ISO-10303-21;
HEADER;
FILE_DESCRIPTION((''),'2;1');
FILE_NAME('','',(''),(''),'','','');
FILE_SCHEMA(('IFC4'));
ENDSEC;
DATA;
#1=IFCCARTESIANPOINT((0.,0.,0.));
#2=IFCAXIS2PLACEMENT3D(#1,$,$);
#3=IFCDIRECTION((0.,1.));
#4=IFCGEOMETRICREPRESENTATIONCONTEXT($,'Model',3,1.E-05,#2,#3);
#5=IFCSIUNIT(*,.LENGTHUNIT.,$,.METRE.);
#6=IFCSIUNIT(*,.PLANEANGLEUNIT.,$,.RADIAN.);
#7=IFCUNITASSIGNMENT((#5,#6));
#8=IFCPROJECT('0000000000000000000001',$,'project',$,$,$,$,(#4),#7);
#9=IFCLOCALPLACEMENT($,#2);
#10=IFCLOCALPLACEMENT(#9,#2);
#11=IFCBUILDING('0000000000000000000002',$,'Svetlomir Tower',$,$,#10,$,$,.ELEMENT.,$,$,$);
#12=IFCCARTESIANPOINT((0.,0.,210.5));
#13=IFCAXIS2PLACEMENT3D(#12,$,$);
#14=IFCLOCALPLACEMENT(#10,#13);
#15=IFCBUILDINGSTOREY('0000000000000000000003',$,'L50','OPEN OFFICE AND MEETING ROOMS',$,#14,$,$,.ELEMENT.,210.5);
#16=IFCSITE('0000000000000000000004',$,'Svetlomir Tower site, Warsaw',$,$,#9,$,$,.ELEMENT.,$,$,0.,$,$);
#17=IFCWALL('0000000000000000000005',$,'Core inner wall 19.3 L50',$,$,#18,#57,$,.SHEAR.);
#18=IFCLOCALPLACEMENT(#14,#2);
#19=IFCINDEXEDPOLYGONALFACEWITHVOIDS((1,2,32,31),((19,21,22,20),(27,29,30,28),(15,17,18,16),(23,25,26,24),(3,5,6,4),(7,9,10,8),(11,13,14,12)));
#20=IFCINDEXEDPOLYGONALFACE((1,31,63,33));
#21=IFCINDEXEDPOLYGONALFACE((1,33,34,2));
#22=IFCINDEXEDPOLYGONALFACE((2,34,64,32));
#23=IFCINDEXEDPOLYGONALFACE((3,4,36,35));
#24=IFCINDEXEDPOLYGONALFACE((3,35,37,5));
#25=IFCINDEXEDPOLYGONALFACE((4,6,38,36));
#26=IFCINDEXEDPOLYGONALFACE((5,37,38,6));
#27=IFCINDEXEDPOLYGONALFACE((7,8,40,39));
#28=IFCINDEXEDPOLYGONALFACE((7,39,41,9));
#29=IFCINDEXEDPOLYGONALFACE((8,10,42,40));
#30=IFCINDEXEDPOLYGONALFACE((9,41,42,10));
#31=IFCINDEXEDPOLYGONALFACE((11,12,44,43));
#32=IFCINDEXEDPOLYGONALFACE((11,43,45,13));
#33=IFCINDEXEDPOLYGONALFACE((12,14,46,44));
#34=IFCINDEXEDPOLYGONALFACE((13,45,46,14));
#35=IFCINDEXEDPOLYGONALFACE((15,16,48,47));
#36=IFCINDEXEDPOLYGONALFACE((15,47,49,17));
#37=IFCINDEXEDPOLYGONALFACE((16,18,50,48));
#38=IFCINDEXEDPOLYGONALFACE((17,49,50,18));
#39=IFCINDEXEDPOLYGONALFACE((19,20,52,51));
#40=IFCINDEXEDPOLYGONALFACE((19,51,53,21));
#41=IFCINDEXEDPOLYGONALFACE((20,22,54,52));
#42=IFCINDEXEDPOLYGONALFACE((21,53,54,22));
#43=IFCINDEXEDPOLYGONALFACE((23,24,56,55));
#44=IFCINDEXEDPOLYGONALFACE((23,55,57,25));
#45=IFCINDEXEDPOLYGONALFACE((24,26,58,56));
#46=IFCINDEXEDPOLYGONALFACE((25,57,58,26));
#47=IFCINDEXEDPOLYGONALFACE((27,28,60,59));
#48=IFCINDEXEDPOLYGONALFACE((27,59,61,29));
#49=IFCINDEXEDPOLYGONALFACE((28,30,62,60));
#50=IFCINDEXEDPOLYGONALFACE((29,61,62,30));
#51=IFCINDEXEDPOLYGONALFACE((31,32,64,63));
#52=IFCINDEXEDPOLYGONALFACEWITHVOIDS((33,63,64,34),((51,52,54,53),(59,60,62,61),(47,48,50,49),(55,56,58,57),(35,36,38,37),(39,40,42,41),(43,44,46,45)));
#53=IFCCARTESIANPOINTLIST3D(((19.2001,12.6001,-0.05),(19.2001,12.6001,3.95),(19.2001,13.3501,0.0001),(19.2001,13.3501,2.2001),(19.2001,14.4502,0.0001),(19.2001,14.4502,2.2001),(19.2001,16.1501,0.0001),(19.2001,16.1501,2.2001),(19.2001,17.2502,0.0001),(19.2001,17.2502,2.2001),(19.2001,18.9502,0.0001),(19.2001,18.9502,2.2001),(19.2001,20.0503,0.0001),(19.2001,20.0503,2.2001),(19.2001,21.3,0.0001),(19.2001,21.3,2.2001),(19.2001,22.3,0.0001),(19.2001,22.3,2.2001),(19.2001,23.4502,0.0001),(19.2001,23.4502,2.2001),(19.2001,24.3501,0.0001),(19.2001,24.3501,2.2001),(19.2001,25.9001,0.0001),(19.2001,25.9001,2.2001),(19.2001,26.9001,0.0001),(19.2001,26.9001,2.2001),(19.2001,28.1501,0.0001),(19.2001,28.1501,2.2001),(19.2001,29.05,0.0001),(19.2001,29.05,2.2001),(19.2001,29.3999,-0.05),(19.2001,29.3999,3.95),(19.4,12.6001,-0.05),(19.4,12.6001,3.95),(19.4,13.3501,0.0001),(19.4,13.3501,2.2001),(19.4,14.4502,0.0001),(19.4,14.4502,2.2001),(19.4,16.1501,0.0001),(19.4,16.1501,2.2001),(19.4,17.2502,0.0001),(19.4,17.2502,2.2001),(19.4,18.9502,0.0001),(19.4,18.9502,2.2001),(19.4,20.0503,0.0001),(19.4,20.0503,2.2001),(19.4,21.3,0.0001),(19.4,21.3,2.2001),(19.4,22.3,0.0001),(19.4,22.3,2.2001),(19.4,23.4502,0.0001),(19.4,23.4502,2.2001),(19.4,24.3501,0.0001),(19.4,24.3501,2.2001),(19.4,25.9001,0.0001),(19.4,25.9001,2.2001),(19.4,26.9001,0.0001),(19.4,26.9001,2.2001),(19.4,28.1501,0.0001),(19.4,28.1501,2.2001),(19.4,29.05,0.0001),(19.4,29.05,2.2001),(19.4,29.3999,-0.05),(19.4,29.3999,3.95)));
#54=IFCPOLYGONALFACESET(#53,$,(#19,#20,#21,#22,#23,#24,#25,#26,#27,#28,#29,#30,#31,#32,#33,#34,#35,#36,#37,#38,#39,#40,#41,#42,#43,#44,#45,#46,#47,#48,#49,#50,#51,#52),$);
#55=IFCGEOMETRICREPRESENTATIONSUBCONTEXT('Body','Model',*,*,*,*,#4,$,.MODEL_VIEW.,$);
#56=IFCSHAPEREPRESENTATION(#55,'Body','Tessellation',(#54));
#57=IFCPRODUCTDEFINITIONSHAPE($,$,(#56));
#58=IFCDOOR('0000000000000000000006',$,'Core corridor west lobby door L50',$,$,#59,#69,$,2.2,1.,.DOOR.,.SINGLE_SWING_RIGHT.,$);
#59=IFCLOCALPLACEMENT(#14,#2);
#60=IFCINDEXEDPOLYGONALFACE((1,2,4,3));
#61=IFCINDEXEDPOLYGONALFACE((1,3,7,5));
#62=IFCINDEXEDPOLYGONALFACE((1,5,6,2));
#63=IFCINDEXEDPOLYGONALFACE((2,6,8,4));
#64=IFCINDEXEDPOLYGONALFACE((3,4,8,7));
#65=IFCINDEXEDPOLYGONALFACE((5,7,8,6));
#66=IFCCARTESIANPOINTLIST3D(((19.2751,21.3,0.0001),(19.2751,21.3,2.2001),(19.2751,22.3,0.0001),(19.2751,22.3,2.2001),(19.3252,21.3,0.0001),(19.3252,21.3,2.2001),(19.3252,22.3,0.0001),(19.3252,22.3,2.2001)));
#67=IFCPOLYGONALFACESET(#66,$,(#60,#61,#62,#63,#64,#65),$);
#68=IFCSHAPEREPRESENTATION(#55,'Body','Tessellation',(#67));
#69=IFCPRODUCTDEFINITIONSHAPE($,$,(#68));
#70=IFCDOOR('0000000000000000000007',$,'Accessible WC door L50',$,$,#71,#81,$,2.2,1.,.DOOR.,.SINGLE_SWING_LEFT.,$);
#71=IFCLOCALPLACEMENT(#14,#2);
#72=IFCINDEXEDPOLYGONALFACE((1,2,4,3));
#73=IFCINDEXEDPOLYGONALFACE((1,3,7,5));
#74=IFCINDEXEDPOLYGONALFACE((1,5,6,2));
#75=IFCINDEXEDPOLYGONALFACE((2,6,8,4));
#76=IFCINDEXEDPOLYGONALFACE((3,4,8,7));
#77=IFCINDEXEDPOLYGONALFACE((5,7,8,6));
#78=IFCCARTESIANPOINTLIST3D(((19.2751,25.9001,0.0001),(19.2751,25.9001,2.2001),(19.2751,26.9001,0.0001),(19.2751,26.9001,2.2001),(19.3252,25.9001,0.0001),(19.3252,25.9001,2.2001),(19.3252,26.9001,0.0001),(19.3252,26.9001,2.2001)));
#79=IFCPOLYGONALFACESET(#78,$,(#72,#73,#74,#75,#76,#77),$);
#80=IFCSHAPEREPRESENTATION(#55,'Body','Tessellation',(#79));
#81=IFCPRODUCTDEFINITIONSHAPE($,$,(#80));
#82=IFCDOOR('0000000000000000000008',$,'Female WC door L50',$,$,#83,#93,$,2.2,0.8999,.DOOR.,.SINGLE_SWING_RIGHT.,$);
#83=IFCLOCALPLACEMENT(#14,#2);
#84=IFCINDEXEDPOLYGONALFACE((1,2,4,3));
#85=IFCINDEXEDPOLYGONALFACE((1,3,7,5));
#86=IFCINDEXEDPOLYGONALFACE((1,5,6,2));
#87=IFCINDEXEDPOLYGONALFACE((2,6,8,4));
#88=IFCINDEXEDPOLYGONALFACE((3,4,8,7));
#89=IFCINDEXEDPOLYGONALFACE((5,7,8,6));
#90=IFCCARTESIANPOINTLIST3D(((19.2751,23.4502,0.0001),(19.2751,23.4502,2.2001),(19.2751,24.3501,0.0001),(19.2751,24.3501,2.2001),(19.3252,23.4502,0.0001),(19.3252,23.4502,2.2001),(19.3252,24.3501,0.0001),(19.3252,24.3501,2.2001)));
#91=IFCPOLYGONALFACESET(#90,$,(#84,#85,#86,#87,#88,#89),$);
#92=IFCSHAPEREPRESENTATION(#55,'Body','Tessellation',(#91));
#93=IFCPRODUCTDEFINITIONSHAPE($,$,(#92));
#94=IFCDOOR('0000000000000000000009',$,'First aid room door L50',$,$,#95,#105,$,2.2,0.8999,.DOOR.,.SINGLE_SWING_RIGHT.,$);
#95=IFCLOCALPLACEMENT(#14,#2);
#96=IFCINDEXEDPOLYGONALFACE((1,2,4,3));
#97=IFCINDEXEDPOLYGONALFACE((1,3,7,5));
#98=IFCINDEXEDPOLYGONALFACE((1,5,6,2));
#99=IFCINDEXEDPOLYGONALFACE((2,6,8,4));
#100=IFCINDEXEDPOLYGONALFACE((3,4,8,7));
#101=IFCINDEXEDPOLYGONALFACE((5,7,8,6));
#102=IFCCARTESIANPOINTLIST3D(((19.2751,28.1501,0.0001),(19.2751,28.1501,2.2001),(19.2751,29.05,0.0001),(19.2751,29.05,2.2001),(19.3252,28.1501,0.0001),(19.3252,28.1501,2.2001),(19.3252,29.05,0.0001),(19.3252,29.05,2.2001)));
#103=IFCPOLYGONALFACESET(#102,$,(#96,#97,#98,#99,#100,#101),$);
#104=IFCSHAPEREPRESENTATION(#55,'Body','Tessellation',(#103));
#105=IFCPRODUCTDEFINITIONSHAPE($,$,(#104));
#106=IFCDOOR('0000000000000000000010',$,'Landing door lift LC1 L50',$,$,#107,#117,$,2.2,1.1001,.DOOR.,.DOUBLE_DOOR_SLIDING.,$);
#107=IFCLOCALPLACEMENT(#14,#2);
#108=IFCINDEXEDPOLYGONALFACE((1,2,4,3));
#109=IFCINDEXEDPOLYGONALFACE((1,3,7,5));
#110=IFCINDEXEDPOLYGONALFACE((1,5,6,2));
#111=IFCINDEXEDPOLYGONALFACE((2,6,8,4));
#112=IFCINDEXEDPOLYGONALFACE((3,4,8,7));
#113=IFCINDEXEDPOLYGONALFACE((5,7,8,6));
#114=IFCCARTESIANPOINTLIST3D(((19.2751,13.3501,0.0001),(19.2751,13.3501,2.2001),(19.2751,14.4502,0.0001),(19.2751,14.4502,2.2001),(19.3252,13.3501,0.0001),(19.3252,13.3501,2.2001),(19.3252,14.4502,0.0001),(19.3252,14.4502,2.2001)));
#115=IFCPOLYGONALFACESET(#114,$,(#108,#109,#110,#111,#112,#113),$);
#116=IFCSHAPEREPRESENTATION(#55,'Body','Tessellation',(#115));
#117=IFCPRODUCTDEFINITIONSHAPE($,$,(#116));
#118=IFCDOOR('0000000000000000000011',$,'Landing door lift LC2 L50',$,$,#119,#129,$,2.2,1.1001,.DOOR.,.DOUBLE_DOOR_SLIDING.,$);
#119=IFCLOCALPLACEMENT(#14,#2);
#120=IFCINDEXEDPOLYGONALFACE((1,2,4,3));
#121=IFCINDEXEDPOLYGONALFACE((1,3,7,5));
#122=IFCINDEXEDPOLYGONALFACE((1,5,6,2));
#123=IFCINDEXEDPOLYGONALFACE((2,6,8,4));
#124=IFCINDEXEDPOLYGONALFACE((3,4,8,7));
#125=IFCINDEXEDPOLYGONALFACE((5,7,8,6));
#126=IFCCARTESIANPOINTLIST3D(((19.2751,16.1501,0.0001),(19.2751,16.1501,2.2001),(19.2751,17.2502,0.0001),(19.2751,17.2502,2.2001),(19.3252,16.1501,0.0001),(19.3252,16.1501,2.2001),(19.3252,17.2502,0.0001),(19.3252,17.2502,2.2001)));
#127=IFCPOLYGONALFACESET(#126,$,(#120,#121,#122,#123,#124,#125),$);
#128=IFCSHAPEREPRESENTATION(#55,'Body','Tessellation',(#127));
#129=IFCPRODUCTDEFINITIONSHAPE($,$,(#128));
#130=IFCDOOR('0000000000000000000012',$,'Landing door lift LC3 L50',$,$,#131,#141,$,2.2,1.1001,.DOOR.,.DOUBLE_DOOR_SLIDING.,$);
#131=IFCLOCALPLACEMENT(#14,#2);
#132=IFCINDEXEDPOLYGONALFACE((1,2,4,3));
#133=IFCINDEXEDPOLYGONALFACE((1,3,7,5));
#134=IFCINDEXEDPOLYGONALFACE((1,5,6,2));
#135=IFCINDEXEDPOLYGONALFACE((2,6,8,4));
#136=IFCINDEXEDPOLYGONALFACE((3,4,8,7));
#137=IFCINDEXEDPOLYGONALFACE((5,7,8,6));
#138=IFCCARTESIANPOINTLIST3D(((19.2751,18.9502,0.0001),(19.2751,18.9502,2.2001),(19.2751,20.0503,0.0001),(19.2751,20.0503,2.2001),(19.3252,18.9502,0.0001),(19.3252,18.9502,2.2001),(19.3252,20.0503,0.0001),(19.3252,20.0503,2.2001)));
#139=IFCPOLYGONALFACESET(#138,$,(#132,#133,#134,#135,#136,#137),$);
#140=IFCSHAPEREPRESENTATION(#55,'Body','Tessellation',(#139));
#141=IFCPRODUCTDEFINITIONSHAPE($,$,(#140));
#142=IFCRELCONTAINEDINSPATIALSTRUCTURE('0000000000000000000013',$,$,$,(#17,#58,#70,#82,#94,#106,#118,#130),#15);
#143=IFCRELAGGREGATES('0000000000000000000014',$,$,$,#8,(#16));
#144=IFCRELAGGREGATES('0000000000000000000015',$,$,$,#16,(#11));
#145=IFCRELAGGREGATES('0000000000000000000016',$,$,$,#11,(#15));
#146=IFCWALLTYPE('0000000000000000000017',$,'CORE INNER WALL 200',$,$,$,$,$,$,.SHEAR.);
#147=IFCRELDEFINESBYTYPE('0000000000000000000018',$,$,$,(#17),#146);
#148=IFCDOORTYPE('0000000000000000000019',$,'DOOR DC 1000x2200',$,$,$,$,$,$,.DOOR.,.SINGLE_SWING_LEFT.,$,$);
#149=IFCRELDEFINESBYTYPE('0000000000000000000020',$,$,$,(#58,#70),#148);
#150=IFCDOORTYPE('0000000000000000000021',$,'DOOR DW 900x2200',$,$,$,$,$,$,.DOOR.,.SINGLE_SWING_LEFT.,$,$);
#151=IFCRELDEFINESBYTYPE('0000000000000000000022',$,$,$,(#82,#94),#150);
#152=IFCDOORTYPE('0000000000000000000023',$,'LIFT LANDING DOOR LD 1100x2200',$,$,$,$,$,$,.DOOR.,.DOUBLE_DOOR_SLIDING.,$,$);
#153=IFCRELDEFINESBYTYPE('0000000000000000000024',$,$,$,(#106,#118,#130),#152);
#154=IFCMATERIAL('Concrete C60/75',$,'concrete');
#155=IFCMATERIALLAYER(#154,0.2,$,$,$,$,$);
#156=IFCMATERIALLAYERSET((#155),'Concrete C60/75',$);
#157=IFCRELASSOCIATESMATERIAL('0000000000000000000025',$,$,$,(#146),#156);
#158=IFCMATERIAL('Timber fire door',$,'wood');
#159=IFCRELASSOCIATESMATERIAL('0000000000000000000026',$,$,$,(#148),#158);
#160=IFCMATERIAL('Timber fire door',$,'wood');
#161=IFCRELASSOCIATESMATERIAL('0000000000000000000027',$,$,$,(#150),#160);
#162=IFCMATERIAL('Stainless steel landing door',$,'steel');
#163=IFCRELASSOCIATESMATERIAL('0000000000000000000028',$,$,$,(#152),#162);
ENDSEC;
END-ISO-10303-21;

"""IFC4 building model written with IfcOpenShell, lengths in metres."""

from ifc_helpers import new_model, si_unit, direction, frame, frame_2d, origin, place, context, subcontext, project, spatial, rectangle, extrude, material, layer, layer_set, type_object, element, fill, save


model = new_model("IFC4")

# Units and contexts
model_context = context("Model", 3, precision=1e-05, world=origin(), true_north=direction((0.0, 1.0)))
body_context = subcontext(model_context, "Body", "Model", "MODEL_VIEW")
ifc_project = project(units=[si_unit("LENGTHUNIT", "METRE"), si_unit("PLANEANGLEUNIT", "RADIAN")], contexts=[model_context])

# Site, building, storey
site_placement = place(None, origin())
site = spatial("IfcSite", under=ifc_project, at=site_placement, Name="Svetlomir Tower site, Warsaw", CompositionType="ELEMENT", RefElevation=0.0)
building_placement = place(site_placement, origin())
building = spatial("IfcBuilding", under=site, at=building_placement, Name="Svetlomir Tower", CompositionType="ELEMENT")
storey_placement = place(building_placement, frame((0.0, 0.0, 210.5)))
storey = spatial("IfcBuildingStorey", under=building, at=storey_placement, Name="L50", Description="OPEN OFFICE AND MEETING ROOMS", CompositionType="ELEMENT", Elevation=210.5)

# Shared definitions
ifc_material_1 = material(Name="Concrete C60/75", Category="concrete")
ifc_layer_1 = layer(ifc_material_1, 0.2)
ifc_layer_set_1 = layer_set([ifc_layer_1], Name="Concrete C60/75")
wall_type_1 = type_object("IfcWallType", Name="CORE INNER WALL 200", PredefinedType="SHEAR", material=ifc_layer_set_1)

# Wall, openings, doors
wall_1_placement = place(storey_placement, frame((19.3, 12.6001, -0.05), z_axis=(0.0, 0.0, 1.0), x_axis=(0.0, 1.0, 0.0)))
wall_1 = element("IfcWall", 1, at=wall_1_placement, inside=storey, type_object=wall_type_1, Name="Core inner wall 19.3 L50", PredefinedType="SHEAR", context=body_context, shape_type="SweptSolid", body=[
    extrude(rectangle(XDim=16.7998, YDim=0.2, at=frame_2d((8.3999, 0.0))), origin(), (0.0, 0.0, 1.0), 4.0),
])
opening_1_placement = place(wall_1_placement, frame((8.7, 0.0, 0.05)))
opening_1 = element("IfcOpeningElement", 2, at=opening_1_placement, cuts=wall_1, PredefinedType="OPENING", context=body_context, shape_type="SweptSolid", body=[
    extrude(rectangle(XDim=1.0, YDim=2.2, at=frame_2d((0.5, 1.1001))), frame((0.0, 0.1099, 0.0), z_axis=(0.0, -1.0, 0.0), x_axis=(1.0, 0.0, 0.0)), (0.0, 0.0, 1.0), 0.22),
])
opening_2_placement = place(wall_1_placement, frame((10.8501, 0.0, 0.05)))
opening_2 = element("IfcOpeningElement", 3, at=opening_2_placement, cuts=wall_1, PredefinedType="OPENING", context=body_context, shape_type="SweptSolid", body=[
    extrude(rectangle(XDim=0.8999, YDim=2.2, at=frame_2d((0.45, 1.1001))), frame((0.0, 0.1099, 0.0), z_axis=(0.0, -1.0, 0.0), x_axis=(1.0, 0.0, 0.0)), (0.0, 0.0, 1.0), 0.22),
])
opening_3_placement = place(wall_1_placement, frame((13.3, 0.0, 0.05)))
opening_3 = element("IfcOpeningElement", 4, at=opening_3_placement, cuts=wall_1, PredefinedType="OPENING", context=body_context, shape_type="SweptSolid", body=[
    extrude(rectangle(XDim=1.0, YDim=2.2, at=frame_2d((0.5, 1.1001))), frame((0.0, 0.1099, 0.0), z_axis=(0.0, -1.0, 0.0), x_axis=(1.0, 0.0, 0.0)), (0.0, 0.0, 1.0), 0.22),
])
opening_4_placement = place(wall_1_placement, frame((15.55, 0.0, 0.05)))
opening_4 = element("IfcOpeningElement", 5, at=opening_4_placement, cuts=wall_1, PredefinedType="OPENING", context=body_context, shape_type="SweptSolid", body=[
    extrude(rectangle(XDim=0.8999, YDim=2.2, at=frame_2d((0.45, 1.1001))), frame((0.0, 0.1099, 0.0), z_axis=(0.0, -1.0, 0.0), x_axis=(1.0, 0.0, 0.0)), (0.0, 0.0, 1.0), 0.22),
])
opening_5_placement = place(wall_1_placement, frame((0.75, 0.0, 0.05)))
opening_5 = element("IfcOpeningElement", 6, at=opening_5_placement, cuts=wall_1, PredefinedType="OPENING", context=body_context, shape_type="SweptSolid", body=[
    extrude(rectangle(XDim=1.1001, YDim=2.2, at=frame_2d((0.55, 1.1001))), frame((0.0, 0.1099, 0.0), z_axis=(0.0, -1.0, 0.0), x_axis=(1.0, 0.0, 0.0)), (0.0, 0.0, 1.0), 0.22),
])
opening_6_placement = place(wall_1_placement, frame((3.55, 0.0, 0.05)))
opening_6 = element("IfcOpeningElement", 7, at=opening_6_placement, cuts=wall_1, PredefinedType="OPENING", context=body_context, shape_type="SweptSolid", body=[
    extrude(rectangle(XDim=1.1001, YDim=2.2, at=frame_2d((0.55, 1.1001))), frame((0.0, 0.1099, 0.0), z_axis=(0.0, -1.0, 0.0), x_axis=(1.0, 0.0, 0.0)), (0.0, 0.0, 1.0), 0.22),
])
opening_7_placement = place(wall_1_placement, frame((6.3501, 0.0, 0.05)))
opening_7 = element("IfcOpeningElement", 8, at=opening_7_placement, cuts=wall_1, PredefinedType="OPENING", context=body_context, shape_type="SweptSolid", body=[
    extrude(rectangle(XDim=1.1001, YDim=2.2, at=frame_2d((0.55, 1.1001))), frame((0.0, 0.1099, 0.0), z_axis=(0.0, -1.0, 0.0), x_axis=(1.0, 0.0, 0.0)), (0.0, 0.0, 1.0), 0.22),
])
ifc_material_2 = material(Name="Timber fire door", Category="wood")
door_type_1 = type_object("IfcDoorType", Name="DOOR DC 1000x2200", OperationType="SINGLE_SWING_LEFT", PredefinedType="DOOR", material=ifc_material_2)
door_1_placement = place(opening_1_placement, origin())
door_1 = element("IfcDoor", 9, at=door_1_placement, inside=storey, type_object=door_type_1, Name="Core corridor west lobby door L50", OperationType="SINGLE_SWING_RIGHT", OverallHeight=2.2, OverallWidth=1.0, PredefinedType="DOOR", context=body_context, shape_type="SweptSolid", body=[
    extrude(rectangle(XDim=1.0, YDim=2.2, at=frame_2d((0.5, 1.1001))), frame((0.0, 0.0249, 0.0), z_axis=(0.0, -1.0, 0.0), x_axis=(1.0, 0.0, 0.0)), (0.0, 0.0, 1.0), 0.05),
])
fill(opening_1, door_1)
door_2_placement = place(opening_3_placement, origin())
door_2 = element("IfcDoor", 10, at=door_2_placement, inside=storey, type_object=door_type_1, Name="Accessible WC door L50", OperationType="SINGLE_SWING_LEFT", OverallHeight=2.2, OverallWidth=1.0, PredefinedType="DOOR", context=body_context, shape_type="SweptSolid", body=[
    extrude(rectangle(XDim=1.0, YDim=2.2, at=frame_2d((0.5, 1.1001))), frame((0.0, 0.0249, 0.0), z_axis=(0.0, -1.0, 0.0), x_axis=(1.0, 0.0, 0.0)), (0.0, 0.0, 1.0), 0.05),
])
fill(opening_3, door_2)
ifc_material_3 = material(Name="Timber fire door", Category="wood")
door_type_2 = type_object("IfcDoorType", Name="DOOR DW 900x2200", OperationType="SINGLE_SWING_LEFT", PredefinedType="DOOR", material=ifc_material_3)
door_3_placement = place(opening_2_placement, origin())
door_3 = element("IfcDoor", 11, at=door_3_placement, inside=storey, type_object=door_type_2, Name="Female WC door L50", OperationType="SINGLE_SWING_RIGHT", OverallHeight=2.2, OverallWidth=0.8999, PredefinedType="DOOR", context=body_context, shape_type="SweptSolid", body=[
    extrude(rectangle(XDim=0.8999, YDim=2.2, at=frame_2d((0.45, 1.1001))), frame((0.0, 0.0249, 0.0), z_axis=(0.0, -1.0, 0.0), x_axis=(1.0, 0.0, 0.0)), (0.0, 0.0, 1.0), 0.05),
])
fill(opening_2, door_3)
door_4_placement = place(opening_4_placement, origin())
door_4 = element("IfcDoor", 12, at=door_4_placement, inside=storey, type_object=door_type_2, Name="First aid room door L50", OperationType="SINGLE_SWING_RIGHT", OverallHeight=2.2, OverallWidth=0.8999, PredefinedType="DOOR", context=body_context, shape_type="SweptSolid", body=[
    extrude(rectangle(XDim=0.8999, YDim=2.2, at=frame_2d((0.45, 1.1001))), frame((0.0, 0.0249, 0.0), z_axis=(0.0, -1.0, 0.0), x_axis=(1.0, 0.0, 0.0)), (0.0, 0.0, 1.0), 0.05),
])
fill(opening_4, door_4)
ifc_material_4 = material(Name="Stainless steel landing door", Category="steel")
door_type_3 = type_object("IfcDoorType", Name="LIFT LANDING DOOR LD 1100x2200", OperationType="DOUBLE_DOOR_SLIDING", PredefinedType="DOOR", material=ifc_material_4)
door_5_placement = place(opening_5_placement, origin())
door_5 = element("IfcDoor", 13, at=door_5_placement, inside=storey, type_object=door_type_3, Name="Landing door lift LC1 L50", OperationType="DOUBLE_DOOR_SLIDING", OverallHeight=2.2, OverallWidth=1.1001, PredefinedType="DOOR", context=body_context, shape_type="SweptSolid", body=[
    extrude(rectangle(XDim=1.1001, YDim=2.2, at=frame_2d((0.55, 1.1001))), frame((0.0, 0.0249, 0.0), z_axis=(0.0, -1.0, 0.0), x_axis=(1.0, 0.0, 0.0)), (0.0, 0.0, 1.0), 0.05),
])
fill(opening_5, door_5)
door_6_placement = place(opening_6_placement, origin())
door_6 = element("IfcDoor", 14, at=door_6_placement, inside=storey, type_object=door_type_3, Name="Landing door lift LC2 L50", OperationType="DOUBLE_DOOR_SLIDING", OverallHeight=2.2, OverallWidth=1.1001, PredefinedType="DOOR", context=body_context, shape_type="SweptSolid", body=[
    extrude(rectangle(XDim=1.1001, YDim=2.2, at=frame_2d((0.55, 1.1001))), frame((0.0, 0.0249, 0.0), z_axis=(0.0, -1.0, 0.0), x_axis=(1.0, 0.0, 0.0)), (0.0, 0.0, 1.0), 0.05),
])
fill(opening_6, door_6)
door_7_placement = place(opening_7_placement, origin())
door_7 = element("IfcDoor", 15, at=door_7_placement, inside=storey, type_object=door_type_3, Name="Landing door lift LC3 L50", OperationType="DOUBLE_DOOR_SLIDING", OverallHeight=2.2, OverallWidth=1.1001, PredefinedType="DOOR", context=body_context, shape_type="SweptSolid", body=[
    extrude(rectangle(XDim=1.1001, YDim=2.2, at=frame_2d((0.55, 1.1001))), frame((0.0, 0.0249, 0.0), z_axis=(0.0, -1.0, 0.0), x_axis=(1.0, 0.0, 0.0)), (0.0, 0.0, 1.0), 0.05),
])
fill(opening_7, door_7)

save(model, "model.ifc")
